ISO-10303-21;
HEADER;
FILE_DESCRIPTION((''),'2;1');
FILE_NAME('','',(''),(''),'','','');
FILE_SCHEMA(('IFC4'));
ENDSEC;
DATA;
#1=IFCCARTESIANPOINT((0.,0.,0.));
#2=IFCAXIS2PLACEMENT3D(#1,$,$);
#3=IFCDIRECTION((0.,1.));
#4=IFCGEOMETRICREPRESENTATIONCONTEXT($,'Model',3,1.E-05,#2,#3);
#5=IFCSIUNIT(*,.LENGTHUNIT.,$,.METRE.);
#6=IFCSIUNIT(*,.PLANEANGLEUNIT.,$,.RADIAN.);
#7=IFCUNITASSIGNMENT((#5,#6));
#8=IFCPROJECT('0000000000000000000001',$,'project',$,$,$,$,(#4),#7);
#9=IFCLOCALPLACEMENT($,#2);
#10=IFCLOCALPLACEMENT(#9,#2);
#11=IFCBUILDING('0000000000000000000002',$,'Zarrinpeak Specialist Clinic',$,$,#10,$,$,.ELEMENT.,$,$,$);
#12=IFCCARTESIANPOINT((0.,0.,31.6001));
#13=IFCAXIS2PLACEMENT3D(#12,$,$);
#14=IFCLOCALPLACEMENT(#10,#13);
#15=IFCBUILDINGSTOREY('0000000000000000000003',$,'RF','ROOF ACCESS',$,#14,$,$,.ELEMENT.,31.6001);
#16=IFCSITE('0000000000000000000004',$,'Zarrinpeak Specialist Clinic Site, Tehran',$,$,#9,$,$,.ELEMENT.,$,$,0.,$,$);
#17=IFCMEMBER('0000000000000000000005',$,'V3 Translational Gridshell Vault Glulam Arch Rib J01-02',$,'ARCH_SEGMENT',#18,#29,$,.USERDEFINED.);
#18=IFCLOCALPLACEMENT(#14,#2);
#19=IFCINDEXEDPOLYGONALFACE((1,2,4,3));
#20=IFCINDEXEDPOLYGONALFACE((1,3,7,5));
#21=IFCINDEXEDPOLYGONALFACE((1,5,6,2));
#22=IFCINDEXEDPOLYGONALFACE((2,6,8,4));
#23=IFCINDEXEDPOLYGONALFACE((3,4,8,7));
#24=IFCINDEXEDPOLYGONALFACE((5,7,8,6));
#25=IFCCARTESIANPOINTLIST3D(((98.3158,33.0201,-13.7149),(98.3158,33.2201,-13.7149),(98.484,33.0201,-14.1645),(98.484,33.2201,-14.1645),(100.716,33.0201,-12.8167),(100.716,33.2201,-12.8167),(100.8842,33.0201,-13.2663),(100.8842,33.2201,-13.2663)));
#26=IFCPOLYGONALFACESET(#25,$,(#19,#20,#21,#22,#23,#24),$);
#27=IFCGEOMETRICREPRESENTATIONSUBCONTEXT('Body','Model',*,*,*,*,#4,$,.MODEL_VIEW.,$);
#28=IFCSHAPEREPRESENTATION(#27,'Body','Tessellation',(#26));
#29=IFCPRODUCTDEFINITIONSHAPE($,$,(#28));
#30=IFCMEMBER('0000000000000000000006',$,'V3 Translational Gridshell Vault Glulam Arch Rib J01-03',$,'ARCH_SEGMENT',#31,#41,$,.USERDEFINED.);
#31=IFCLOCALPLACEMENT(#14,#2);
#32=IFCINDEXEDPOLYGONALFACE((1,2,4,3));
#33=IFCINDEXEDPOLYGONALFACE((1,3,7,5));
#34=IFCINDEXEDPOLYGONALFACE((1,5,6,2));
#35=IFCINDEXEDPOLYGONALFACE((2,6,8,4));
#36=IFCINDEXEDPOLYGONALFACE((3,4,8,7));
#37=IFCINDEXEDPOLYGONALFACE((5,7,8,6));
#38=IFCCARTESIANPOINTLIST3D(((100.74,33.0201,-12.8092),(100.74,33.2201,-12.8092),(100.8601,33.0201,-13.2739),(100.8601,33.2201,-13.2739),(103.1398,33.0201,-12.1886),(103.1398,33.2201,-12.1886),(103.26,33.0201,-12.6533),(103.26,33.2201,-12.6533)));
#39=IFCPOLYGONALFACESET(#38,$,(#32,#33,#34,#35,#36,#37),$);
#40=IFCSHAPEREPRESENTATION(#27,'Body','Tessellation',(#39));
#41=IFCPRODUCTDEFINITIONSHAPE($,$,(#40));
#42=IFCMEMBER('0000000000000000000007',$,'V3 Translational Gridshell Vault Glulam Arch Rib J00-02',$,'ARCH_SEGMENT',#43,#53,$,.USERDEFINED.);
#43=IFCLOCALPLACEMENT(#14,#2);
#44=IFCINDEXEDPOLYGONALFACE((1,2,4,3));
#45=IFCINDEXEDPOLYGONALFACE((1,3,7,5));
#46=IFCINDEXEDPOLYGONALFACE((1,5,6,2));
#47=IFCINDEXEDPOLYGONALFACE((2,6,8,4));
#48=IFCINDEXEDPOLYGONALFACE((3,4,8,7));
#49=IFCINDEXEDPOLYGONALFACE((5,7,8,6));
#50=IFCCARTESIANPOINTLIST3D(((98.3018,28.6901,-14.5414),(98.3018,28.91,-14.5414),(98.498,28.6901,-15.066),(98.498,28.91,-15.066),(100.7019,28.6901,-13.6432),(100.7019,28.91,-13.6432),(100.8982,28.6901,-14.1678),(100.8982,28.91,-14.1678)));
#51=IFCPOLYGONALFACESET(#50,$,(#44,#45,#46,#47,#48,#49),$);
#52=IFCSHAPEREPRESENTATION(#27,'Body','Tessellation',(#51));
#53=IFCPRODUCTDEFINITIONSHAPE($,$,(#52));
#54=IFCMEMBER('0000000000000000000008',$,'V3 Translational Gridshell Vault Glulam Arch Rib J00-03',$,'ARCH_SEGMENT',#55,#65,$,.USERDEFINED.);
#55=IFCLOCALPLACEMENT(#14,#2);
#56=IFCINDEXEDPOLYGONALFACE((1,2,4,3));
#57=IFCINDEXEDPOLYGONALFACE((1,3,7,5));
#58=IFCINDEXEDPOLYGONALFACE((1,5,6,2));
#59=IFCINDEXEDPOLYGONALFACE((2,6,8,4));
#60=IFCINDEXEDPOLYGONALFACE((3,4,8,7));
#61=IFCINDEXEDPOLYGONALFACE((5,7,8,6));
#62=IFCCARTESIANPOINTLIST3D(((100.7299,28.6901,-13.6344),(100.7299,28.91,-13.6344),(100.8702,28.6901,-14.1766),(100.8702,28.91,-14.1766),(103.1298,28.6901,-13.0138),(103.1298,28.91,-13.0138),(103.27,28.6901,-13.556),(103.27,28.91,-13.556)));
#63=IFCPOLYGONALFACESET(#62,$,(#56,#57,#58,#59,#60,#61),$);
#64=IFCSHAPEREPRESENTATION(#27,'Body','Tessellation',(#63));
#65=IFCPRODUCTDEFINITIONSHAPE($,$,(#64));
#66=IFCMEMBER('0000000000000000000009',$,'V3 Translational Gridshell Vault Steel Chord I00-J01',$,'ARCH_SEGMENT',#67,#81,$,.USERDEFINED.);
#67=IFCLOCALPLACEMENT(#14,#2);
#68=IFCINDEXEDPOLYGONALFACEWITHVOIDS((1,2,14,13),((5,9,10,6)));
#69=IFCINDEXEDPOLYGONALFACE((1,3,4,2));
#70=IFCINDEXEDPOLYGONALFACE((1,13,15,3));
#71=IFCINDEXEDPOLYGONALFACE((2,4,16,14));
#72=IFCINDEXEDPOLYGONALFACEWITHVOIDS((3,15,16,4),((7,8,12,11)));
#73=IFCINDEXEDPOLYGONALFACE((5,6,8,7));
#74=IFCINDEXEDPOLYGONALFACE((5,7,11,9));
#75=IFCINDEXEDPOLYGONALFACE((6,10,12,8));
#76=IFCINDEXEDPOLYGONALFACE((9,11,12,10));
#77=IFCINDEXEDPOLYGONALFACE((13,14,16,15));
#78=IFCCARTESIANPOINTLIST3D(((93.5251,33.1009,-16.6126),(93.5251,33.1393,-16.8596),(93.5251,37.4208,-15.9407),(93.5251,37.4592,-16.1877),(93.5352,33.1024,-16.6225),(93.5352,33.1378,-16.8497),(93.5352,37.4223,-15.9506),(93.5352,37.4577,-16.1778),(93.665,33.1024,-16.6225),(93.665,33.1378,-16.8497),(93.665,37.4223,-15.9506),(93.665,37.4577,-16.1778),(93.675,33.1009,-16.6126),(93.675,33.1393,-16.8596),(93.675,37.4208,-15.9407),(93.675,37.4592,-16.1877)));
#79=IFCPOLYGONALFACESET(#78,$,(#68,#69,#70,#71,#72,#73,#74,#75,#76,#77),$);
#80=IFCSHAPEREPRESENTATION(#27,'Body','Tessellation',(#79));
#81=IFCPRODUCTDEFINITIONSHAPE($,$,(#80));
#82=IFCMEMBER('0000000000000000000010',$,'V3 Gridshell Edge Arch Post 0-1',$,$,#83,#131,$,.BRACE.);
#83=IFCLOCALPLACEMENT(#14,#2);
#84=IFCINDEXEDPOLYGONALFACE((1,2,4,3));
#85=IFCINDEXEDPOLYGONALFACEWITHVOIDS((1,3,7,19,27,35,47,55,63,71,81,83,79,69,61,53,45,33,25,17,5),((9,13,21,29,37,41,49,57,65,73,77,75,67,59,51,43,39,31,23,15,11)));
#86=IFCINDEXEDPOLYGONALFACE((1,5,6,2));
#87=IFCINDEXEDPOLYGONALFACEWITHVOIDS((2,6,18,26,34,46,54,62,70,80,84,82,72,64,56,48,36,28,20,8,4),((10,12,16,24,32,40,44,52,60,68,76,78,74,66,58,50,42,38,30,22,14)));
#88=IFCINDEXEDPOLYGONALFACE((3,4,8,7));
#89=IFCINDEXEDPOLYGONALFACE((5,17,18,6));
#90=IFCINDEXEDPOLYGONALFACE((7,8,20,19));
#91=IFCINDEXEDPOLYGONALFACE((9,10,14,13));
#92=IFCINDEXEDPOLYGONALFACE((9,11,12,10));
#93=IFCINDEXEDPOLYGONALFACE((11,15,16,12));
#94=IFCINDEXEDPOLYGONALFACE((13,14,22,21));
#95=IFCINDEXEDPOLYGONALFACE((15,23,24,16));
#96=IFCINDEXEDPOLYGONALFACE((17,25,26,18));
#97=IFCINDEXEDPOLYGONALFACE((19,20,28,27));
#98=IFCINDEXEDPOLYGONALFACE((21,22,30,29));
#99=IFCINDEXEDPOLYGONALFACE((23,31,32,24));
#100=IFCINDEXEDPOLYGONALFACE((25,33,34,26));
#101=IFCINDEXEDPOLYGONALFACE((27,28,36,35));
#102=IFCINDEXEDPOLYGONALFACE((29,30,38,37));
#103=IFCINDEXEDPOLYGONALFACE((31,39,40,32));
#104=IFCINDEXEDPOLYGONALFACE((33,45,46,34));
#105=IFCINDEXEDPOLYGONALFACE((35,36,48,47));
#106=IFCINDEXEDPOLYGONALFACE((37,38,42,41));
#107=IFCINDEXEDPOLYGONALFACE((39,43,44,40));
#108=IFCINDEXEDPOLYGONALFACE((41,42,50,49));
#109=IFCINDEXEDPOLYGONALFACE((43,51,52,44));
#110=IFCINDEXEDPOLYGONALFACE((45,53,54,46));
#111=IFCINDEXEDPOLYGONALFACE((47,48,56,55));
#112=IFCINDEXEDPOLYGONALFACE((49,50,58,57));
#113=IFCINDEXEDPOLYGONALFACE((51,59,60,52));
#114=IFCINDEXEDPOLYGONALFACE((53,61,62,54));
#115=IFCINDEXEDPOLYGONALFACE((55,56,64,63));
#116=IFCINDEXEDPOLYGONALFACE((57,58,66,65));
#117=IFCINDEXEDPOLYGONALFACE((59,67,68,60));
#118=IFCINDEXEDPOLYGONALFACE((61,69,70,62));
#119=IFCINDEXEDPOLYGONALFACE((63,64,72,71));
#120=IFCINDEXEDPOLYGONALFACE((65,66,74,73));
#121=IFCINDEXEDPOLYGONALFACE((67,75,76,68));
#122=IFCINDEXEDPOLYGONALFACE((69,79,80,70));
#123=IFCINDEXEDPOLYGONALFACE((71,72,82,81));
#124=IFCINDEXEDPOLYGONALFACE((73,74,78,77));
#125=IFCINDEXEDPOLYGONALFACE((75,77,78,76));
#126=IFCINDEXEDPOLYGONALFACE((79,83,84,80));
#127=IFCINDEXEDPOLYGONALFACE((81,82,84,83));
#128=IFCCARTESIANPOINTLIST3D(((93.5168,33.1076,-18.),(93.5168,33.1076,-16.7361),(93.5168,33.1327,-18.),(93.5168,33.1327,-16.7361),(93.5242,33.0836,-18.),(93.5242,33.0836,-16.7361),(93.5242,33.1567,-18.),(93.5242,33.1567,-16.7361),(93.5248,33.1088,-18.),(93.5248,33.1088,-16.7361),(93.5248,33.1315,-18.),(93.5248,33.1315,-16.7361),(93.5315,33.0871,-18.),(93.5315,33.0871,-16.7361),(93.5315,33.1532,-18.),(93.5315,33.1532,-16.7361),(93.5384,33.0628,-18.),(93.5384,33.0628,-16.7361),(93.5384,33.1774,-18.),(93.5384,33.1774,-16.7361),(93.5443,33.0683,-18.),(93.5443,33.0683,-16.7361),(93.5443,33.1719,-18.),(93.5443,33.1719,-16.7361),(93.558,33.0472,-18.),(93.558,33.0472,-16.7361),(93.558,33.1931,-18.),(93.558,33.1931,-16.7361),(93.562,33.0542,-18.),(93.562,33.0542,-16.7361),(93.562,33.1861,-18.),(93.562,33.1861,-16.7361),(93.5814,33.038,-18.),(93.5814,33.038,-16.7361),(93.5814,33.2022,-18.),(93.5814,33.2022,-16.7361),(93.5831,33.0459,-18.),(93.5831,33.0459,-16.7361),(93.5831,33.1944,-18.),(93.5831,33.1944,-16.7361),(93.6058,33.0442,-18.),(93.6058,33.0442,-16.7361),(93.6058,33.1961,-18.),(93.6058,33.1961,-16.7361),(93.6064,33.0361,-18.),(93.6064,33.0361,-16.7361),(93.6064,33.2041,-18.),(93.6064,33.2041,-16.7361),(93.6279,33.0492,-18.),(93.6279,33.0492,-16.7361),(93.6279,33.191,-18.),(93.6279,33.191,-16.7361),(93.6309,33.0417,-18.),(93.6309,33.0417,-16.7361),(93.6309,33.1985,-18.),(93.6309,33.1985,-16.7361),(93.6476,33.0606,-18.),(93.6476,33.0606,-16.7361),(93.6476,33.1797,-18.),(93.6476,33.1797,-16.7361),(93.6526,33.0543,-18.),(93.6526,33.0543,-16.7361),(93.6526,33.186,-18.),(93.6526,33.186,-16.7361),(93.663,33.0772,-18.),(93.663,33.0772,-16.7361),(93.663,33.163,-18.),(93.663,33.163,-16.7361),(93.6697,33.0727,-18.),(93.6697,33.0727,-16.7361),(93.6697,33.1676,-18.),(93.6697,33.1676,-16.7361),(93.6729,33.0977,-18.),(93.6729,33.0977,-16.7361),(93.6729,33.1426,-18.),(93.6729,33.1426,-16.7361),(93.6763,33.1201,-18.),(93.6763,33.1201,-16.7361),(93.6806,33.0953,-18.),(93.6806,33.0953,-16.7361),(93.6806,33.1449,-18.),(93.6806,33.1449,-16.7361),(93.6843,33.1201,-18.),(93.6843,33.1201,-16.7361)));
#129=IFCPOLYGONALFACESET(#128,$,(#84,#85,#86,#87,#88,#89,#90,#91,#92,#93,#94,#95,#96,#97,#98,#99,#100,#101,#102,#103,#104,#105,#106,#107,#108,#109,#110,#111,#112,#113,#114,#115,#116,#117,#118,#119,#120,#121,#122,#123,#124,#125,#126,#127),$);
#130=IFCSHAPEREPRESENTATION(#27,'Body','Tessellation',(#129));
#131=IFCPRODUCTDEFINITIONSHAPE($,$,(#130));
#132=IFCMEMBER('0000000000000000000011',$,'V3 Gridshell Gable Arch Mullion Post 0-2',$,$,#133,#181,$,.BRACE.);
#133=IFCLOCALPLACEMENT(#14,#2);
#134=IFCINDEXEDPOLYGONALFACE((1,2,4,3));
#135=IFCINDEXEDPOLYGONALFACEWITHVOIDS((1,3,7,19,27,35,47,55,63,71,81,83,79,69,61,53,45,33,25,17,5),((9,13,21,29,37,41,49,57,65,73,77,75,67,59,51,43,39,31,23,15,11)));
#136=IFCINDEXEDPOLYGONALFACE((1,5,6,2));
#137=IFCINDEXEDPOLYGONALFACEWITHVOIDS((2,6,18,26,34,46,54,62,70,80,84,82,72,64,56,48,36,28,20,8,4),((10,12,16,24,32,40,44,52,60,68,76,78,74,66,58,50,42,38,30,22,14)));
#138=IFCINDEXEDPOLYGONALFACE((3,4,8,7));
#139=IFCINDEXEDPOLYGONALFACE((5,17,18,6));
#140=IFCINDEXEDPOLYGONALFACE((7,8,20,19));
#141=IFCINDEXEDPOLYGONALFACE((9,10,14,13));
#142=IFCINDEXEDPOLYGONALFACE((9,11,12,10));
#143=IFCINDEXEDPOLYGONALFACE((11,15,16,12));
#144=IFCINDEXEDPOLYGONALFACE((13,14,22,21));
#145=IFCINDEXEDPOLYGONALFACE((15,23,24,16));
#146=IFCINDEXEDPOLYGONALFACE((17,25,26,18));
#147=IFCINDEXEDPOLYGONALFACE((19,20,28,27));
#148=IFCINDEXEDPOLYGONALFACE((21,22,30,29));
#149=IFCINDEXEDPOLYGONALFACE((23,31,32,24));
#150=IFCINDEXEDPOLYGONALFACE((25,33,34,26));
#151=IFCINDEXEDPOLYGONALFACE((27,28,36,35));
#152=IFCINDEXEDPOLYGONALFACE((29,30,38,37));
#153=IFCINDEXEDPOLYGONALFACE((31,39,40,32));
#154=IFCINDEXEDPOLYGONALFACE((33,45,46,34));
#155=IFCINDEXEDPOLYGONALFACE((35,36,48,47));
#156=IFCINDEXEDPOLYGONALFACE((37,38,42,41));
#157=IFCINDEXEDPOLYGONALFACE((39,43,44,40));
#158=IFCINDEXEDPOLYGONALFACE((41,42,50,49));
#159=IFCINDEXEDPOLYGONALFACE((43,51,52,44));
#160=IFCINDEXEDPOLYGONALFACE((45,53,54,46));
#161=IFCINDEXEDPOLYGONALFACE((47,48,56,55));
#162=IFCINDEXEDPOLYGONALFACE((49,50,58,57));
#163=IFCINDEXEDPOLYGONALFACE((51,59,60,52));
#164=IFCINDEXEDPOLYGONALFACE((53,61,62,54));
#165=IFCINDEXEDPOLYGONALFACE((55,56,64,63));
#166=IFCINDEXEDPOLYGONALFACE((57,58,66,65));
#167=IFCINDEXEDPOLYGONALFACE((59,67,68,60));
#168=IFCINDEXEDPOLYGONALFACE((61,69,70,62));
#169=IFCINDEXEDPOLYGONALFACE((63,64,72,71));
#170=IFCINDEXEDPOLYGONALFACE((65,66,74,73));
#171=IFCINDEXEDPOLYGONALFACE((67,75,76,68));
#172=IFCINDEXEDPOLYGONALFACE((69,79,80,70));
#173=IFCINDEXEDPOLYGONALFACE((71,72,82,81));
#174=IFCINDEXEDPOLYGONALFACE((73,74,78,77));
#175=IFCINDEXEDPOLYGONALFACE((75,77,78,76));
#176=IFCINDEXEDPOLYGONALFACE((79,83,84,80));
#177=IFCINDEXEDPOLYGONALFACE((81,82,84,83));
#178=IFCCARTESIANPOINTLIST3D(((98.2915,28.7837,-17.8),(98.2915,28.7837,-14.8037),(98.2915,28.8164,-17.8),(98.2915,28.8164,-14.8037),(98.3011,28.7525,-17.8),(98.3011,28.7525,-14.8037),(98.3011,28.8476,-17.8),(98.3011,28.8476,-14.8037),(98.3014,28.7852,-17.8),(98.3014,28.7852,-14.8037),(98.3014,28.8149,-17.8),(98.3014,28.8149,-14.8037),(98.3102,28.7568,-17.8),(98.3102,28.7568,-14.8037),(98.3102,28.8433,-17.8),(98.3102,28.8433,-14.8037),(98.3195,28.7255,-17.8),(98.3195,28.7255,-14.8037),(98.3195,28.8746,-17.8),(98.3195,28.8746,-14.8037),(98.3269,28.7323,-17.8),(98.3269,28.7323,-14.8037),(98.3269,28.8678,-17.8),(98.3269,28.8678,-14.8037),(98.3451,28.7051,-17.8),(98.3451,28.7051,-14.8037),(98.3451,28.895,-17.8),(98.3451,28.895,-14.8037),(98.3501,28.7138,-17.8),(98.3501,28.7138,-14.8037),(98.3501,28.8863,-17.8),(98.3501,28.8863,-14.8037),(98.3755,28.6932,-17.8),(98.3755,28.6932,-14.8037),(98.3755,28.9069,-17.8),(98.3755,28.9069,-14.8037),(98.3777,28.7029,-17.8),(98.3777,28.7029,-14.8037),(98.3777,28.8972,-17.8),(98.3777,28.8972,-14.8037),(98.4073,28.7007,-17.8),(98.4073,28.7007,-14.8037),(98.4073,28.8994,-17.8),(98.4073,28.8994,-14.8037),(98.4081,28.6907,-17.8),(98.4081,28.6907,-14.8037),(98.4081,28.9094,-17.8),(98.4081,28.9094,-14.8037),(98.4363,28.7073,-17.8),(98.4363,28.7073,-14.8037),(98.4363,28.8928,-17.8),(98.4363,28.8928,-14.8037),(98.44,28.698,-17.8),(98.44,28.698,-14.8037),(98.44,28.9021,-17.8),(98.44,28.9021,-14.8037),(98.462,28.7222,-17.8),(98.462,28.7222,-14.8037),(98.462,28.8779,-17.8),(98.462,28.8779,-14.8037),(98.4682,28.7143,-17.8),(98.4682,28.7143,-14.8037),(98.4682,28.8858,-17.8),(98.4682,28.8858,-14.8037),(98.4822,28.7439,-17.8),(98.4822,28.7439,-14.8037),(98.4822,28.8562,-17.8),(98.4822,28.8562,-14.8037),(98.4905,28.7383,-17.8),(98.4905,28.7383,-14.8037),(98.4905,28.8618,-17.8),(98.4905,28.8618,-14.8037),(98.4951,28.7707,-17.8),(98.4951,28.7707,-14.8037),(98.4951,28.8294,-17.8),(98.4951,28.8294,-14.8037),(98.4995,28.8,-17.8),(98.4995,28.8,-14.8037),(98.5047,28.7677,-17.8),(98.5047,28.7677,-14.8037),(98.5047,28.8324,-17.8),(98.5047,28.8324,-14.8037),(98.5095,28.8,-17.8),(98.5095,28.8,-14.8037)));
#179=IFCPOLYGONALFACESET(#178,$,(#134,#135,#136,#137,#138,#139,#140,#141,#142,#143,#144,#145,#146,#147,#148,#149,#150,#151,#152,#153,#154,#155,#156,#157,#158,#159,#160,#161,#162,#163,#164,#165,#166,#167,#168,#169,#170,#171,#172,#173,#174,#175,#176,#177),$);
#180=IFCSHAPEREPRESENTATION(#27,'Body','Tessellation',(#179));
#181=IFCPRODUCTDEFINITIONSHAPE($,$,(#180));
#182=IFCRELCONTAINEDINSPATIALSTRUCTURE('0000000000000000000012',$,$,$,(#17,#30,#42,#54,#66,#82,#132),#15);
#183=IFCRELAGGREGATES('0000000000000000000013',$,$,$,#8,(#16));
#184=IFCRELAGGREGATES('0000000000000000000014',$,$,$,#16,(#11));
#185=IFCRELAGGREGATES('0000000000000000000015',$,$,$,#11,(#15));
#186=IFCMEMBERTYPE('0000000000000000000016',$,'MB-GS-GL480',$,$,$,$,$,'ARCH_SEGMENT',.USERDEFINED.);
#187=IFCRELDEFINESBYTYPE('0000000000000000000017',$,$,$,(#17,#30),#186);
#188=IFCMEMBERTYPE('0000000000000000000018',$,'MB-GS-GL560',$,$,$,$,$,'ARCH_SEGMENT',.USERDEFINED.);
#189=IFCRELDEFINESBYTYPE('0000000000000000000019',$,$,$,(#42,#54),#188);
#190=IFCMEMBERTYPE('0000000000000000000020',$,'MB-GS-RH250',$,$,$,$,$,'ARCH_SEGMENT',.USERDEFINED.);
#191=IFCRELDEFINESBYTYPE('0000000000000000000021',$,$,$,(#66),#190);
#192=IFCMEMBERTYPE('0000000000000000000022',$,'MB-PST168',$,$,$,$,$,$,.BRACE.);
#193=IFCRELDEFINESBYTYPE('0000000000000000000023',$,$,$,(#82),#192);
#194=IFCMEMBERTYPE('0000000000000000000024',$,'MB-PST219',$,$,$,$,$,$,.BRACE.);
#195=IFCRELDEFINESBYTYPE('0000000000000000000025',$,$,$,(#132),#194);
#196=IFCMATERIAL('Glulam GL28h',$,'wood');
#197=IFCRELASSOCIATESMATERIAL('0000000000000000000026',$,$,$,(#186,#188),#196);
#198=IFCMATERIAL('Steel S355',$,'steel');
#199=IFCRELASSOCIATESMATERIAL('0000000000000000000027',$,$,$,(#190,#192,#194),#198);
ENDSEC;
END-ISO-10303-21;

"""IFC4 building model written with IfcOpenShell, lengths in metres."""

from ifc_helpers import new_model, si_unit, direction, frame, origin, origin_2d, place, context, subcontext, project, spatial, rectangle, hollow_rectangle, hollow_circle, extrude, material, material_profile, profile_set, type_object, element, save


model = new_model("IFC4")

# Units and contexts
model_context = context("Model", 3, precision=1e-05, world=origin(), true_north=direction((0.0, 1.0)))
body_context = subcontext(model_context, "Body", "Model", "MODEL_VIEW")
ifc_project = project(units=[si_unit("LENGTHUNIT", "METRE"), si_unit("PLANEANGLEUNIT", "RADIAN")], contexts=[model_context])

# Site, building, storey
site_placement = place(None, origin())
site = spatial("IfcSite", under=ifc_project, at=site_placement, Name="Zarrinpeak Specialist Clinic Site, Tehran", CompositionType="ELEMENT", RefElevation=0.0)
building_placement = place(site_placement, origin())
building = spatial("IfcBuilding", under=site, at=building_placement, Name="Zarrinpeak Specialist Clinic", CompositionType="ELEMENT")
storey_placement = place(building_placement, frame((0.0, 0.0, 31.6001)))
storey = spatial("IfcBuildingStorey", under=building, at=storey_placement, Name="RF", Description="ROOF ACCESS", CompositionType="ELEMENT", Elevation=31.6001)

# Members
ifc_material_1 = material(Name="Steel S355", Category="steel")
ifc_material_2 = material(Name="Glulam GL28h", Category="wood")
ifc_material_profile_1 = material_profile(ifc_material_2, rectangle(XDim=0.2, YDim=0.48, at=origin_2d()), Name="GL28h 200x480")
ifc_profile_set_1 = profile_set([ifc_material_profile_1], Name="Glulam GL28h")
member_type_1 = type_object("IfcMemberType", Name="MB-GS-GL480", ElementType="ARCH_SEGMENT", PredefinedType="USERDEFINED", material=ifc_profile_set_1)
member_1_placement = place(storey_placement, frame((98.3999, 33.1201, -13.9397), z_axis=(0.936568, 0.0, 0.350487), x_axis=(0.0, 1.0, 0.0)))
element("IfcMember", 1, at=member_1_placement, inside=storey, type_object=member_type_1, Name="V3 Translational Gridshell Vault Glulam Arch Rib J01-02", ObjectType="ARCH_SEGMENT", PredefinedType="USERDEFINED", context=body_context, shape_type="SweptSolid", body=[
    extrude(rectangle(XDim=0.2, YDim=0.48, at=origin_2d()), origin(), (0.0, 0.0, 1.0), 2.5627),
])
member_2_placement = place(storey_placement, frame((100.8, 33.1201, -13.0415), z_axis=(0.968153, 0.0, 0.250361), x_axis=(0.0, 1.0, 0.0)))
element("IfcMember", 2, at=member_2_placement, inside=storey, type_object=member_type_1, Name="V3 Translational Gridshell Vault Glulam Arch Rib J01-03", ObjectType="ARCH_SEGMENT", PredefinedType="USERDEFINED", context=body_context, shape_type="SweptSolid", body=[
    extrude(rectangle(XDim=0.2, YDim=0.48, at=origin_2d()), origin(), (0.0, 0.0, 1.0), 2.4788),
])
ifc_material_profile_2 = material_profile(ifc_material_2, rectangle(XDim=0.22, YDim=0.5601, at=origin_2d()), Name="GL28h 220x560")
ifc_profile_set_2 = profile_set([ifc_material_profile_2], Name="Glulam GL28h")
member_type_2 = type_object("IfcMemberType", Name="MB-GS-GL560", ElementType="ARCH_SEGMENT", PredefinedType="USERDEFINED", material=ifc_profile_set_2)
member_3_placement = place(storey_placement, frame((98.3999, 28.8, -14.8037), z_axis=(0.936568, 0.0, 0.350487), x_axis=(0.0, 1.0, 0.0)))
element("IfcMember", 3, at=member_3_placement, inside=storey, type_object=member_type_2, Name="V3 Translational Gridshell Vault Glulam Arch Rib J00-02", ObjectType="ARCH_SEGMENT", PredefinedType="USERDEFINED", context=body_context, shape_type="SweptSolid", body=[
    extrude(rectangle(XDim=0.22, YDim=0.5601, at=origin_2d()), origin(), (0.0, 0.0, 1.0), 2.5627),
])
member_4_placement = place(storey_placement, frame((100.8, 28.8, -13.9055), z_axis=(0.968153, 0.0, 0.250361), x_axis=(0.0, 1.0, 0.0)))
element("IfcMember", 4, at=member_4_placement, inside=storey, type_object=member_type_2, Name="V3 Translational Gridshell Vault Glulam Arch Rib J00-03", ObjectType="ARCH_SEGMENT", PredefinedType="USERDEFINED", context=body_context, shape_type="SweptSolid", body=[
    extrude(rectangle(XDim=0.22, YDim=0.5601, at=origin_2d()), origin(), (0.0, 0.0, 1.0), 2.4788),
])
ifc_material_profile_3 = material_profile(ifc_material_1, hollow_rectangle(XDim=0.1499, YDim=0.25, WallThickness=0.01, at=origin_2d()), Name="RHS 250x150x10.0")
ifc_profile_set_3 = profile_set([ifc_material_profile_3], Name="Steel S355")
member_type_3 = type_object("IfcMemberType", Name="MB-GS-RH250", ElementType="ARCH_SEGMENT", PredefinedType="USERDEFINED", material=ifc_profile_set_3)
member_5_placement = place(storey_placement, frame((93.6001, 33.1201, -16.7361), z_axis=(0.0, 0.98812, 0.153685), x_axis=(-1.0, 0.0, 0.0)))
element("IfcMember", 5, at=member_5_placement, inside=storey, type_object=member_type_3, Name="V3 Translational Gridshell Vault Steel Chord I00-J01", ObjectType="ARCH_SEGMENT", PredefinedType="USERDEFINED", context=body_context, shape_type="SweptSolid", body=[
    extrude(hollow_rectangle(XDim=0.1499, YDim=0.25, WallThickness=0.01, at=origin_2d()), origin(), (0.0, 0.0, 1.0), 4.3718),
])
ifc_material_profile_4 = material_profile(ifc_material_1, hollow_circle(Radius=0.0842, WallThickness=0.0081, at=origin_2d()), Name="CHS 168.3x8.0")
ifc_profile_set_4 = profile_set([ifc_material_profile_4], Name="Steel S355")
member_type_4 = type_object("IfcMemberType", Name="MB-PST168", PredefinedType="BRACE", material=ifc_profile_set_4)
member_6_placement = place(storey_placement, frame((93.6001, 33.1201, -18.0), z_axis=(0.0, 0.0, 1.0), x_axis=(1.0, 0.0, 0.0)))
element("IfcMember", 6, at=member_6_placement, inside=storey, type_object=member_type_4, Name="V3 Gridshell Edge Arch Post 0-1", PredefinedType="BRACE", context=body_context, shape_type="SweptSolid", body=[
    extrude(hollow_circle(Radius=0.0842, WallThickness=0.0081, at=origin_2d()), origin(), (0.0, 0.0, 1.0), 1.2639),
])
ifc_material_profile_5 = material_profile(ifc_material_1, hollow_circle(Radius=0.1096, WallThickness=0.01, at=origin_2d()), Name="CHS 219.1x10.0")
ifc_profile_set_5 = profile_set([ifc_material_profile_5], Name="Steel S355")
member_type_5 = type_object("IfcMemberType", Name="MB-PST219", PredefinedType="BRACE", material=ifc_profile_set_5)
member_7_placement = place(storey_placement, frame((98.3999, 28.8, -17.8), z_axis=(0.0, 0.0, 1.0), x_axis=(1.0, 0.0, 0.0)))
element("IfcMember", 7, at=member_7_placement, inside=storey, type_object=member_type_5, Name="V3 Gridshell Gable Arch Mullion Post 0-2", PredefinedType="BRACE", context=body_context, shape_type="SweptSolid", body=[
    extrude(hollow_circle(Radius=0.1096, WallThickness=0.01, at=origin_2d()), origin(), (0.0, 0.0, 1.0), 2.9963),
])

save(model, "model.ifc")
